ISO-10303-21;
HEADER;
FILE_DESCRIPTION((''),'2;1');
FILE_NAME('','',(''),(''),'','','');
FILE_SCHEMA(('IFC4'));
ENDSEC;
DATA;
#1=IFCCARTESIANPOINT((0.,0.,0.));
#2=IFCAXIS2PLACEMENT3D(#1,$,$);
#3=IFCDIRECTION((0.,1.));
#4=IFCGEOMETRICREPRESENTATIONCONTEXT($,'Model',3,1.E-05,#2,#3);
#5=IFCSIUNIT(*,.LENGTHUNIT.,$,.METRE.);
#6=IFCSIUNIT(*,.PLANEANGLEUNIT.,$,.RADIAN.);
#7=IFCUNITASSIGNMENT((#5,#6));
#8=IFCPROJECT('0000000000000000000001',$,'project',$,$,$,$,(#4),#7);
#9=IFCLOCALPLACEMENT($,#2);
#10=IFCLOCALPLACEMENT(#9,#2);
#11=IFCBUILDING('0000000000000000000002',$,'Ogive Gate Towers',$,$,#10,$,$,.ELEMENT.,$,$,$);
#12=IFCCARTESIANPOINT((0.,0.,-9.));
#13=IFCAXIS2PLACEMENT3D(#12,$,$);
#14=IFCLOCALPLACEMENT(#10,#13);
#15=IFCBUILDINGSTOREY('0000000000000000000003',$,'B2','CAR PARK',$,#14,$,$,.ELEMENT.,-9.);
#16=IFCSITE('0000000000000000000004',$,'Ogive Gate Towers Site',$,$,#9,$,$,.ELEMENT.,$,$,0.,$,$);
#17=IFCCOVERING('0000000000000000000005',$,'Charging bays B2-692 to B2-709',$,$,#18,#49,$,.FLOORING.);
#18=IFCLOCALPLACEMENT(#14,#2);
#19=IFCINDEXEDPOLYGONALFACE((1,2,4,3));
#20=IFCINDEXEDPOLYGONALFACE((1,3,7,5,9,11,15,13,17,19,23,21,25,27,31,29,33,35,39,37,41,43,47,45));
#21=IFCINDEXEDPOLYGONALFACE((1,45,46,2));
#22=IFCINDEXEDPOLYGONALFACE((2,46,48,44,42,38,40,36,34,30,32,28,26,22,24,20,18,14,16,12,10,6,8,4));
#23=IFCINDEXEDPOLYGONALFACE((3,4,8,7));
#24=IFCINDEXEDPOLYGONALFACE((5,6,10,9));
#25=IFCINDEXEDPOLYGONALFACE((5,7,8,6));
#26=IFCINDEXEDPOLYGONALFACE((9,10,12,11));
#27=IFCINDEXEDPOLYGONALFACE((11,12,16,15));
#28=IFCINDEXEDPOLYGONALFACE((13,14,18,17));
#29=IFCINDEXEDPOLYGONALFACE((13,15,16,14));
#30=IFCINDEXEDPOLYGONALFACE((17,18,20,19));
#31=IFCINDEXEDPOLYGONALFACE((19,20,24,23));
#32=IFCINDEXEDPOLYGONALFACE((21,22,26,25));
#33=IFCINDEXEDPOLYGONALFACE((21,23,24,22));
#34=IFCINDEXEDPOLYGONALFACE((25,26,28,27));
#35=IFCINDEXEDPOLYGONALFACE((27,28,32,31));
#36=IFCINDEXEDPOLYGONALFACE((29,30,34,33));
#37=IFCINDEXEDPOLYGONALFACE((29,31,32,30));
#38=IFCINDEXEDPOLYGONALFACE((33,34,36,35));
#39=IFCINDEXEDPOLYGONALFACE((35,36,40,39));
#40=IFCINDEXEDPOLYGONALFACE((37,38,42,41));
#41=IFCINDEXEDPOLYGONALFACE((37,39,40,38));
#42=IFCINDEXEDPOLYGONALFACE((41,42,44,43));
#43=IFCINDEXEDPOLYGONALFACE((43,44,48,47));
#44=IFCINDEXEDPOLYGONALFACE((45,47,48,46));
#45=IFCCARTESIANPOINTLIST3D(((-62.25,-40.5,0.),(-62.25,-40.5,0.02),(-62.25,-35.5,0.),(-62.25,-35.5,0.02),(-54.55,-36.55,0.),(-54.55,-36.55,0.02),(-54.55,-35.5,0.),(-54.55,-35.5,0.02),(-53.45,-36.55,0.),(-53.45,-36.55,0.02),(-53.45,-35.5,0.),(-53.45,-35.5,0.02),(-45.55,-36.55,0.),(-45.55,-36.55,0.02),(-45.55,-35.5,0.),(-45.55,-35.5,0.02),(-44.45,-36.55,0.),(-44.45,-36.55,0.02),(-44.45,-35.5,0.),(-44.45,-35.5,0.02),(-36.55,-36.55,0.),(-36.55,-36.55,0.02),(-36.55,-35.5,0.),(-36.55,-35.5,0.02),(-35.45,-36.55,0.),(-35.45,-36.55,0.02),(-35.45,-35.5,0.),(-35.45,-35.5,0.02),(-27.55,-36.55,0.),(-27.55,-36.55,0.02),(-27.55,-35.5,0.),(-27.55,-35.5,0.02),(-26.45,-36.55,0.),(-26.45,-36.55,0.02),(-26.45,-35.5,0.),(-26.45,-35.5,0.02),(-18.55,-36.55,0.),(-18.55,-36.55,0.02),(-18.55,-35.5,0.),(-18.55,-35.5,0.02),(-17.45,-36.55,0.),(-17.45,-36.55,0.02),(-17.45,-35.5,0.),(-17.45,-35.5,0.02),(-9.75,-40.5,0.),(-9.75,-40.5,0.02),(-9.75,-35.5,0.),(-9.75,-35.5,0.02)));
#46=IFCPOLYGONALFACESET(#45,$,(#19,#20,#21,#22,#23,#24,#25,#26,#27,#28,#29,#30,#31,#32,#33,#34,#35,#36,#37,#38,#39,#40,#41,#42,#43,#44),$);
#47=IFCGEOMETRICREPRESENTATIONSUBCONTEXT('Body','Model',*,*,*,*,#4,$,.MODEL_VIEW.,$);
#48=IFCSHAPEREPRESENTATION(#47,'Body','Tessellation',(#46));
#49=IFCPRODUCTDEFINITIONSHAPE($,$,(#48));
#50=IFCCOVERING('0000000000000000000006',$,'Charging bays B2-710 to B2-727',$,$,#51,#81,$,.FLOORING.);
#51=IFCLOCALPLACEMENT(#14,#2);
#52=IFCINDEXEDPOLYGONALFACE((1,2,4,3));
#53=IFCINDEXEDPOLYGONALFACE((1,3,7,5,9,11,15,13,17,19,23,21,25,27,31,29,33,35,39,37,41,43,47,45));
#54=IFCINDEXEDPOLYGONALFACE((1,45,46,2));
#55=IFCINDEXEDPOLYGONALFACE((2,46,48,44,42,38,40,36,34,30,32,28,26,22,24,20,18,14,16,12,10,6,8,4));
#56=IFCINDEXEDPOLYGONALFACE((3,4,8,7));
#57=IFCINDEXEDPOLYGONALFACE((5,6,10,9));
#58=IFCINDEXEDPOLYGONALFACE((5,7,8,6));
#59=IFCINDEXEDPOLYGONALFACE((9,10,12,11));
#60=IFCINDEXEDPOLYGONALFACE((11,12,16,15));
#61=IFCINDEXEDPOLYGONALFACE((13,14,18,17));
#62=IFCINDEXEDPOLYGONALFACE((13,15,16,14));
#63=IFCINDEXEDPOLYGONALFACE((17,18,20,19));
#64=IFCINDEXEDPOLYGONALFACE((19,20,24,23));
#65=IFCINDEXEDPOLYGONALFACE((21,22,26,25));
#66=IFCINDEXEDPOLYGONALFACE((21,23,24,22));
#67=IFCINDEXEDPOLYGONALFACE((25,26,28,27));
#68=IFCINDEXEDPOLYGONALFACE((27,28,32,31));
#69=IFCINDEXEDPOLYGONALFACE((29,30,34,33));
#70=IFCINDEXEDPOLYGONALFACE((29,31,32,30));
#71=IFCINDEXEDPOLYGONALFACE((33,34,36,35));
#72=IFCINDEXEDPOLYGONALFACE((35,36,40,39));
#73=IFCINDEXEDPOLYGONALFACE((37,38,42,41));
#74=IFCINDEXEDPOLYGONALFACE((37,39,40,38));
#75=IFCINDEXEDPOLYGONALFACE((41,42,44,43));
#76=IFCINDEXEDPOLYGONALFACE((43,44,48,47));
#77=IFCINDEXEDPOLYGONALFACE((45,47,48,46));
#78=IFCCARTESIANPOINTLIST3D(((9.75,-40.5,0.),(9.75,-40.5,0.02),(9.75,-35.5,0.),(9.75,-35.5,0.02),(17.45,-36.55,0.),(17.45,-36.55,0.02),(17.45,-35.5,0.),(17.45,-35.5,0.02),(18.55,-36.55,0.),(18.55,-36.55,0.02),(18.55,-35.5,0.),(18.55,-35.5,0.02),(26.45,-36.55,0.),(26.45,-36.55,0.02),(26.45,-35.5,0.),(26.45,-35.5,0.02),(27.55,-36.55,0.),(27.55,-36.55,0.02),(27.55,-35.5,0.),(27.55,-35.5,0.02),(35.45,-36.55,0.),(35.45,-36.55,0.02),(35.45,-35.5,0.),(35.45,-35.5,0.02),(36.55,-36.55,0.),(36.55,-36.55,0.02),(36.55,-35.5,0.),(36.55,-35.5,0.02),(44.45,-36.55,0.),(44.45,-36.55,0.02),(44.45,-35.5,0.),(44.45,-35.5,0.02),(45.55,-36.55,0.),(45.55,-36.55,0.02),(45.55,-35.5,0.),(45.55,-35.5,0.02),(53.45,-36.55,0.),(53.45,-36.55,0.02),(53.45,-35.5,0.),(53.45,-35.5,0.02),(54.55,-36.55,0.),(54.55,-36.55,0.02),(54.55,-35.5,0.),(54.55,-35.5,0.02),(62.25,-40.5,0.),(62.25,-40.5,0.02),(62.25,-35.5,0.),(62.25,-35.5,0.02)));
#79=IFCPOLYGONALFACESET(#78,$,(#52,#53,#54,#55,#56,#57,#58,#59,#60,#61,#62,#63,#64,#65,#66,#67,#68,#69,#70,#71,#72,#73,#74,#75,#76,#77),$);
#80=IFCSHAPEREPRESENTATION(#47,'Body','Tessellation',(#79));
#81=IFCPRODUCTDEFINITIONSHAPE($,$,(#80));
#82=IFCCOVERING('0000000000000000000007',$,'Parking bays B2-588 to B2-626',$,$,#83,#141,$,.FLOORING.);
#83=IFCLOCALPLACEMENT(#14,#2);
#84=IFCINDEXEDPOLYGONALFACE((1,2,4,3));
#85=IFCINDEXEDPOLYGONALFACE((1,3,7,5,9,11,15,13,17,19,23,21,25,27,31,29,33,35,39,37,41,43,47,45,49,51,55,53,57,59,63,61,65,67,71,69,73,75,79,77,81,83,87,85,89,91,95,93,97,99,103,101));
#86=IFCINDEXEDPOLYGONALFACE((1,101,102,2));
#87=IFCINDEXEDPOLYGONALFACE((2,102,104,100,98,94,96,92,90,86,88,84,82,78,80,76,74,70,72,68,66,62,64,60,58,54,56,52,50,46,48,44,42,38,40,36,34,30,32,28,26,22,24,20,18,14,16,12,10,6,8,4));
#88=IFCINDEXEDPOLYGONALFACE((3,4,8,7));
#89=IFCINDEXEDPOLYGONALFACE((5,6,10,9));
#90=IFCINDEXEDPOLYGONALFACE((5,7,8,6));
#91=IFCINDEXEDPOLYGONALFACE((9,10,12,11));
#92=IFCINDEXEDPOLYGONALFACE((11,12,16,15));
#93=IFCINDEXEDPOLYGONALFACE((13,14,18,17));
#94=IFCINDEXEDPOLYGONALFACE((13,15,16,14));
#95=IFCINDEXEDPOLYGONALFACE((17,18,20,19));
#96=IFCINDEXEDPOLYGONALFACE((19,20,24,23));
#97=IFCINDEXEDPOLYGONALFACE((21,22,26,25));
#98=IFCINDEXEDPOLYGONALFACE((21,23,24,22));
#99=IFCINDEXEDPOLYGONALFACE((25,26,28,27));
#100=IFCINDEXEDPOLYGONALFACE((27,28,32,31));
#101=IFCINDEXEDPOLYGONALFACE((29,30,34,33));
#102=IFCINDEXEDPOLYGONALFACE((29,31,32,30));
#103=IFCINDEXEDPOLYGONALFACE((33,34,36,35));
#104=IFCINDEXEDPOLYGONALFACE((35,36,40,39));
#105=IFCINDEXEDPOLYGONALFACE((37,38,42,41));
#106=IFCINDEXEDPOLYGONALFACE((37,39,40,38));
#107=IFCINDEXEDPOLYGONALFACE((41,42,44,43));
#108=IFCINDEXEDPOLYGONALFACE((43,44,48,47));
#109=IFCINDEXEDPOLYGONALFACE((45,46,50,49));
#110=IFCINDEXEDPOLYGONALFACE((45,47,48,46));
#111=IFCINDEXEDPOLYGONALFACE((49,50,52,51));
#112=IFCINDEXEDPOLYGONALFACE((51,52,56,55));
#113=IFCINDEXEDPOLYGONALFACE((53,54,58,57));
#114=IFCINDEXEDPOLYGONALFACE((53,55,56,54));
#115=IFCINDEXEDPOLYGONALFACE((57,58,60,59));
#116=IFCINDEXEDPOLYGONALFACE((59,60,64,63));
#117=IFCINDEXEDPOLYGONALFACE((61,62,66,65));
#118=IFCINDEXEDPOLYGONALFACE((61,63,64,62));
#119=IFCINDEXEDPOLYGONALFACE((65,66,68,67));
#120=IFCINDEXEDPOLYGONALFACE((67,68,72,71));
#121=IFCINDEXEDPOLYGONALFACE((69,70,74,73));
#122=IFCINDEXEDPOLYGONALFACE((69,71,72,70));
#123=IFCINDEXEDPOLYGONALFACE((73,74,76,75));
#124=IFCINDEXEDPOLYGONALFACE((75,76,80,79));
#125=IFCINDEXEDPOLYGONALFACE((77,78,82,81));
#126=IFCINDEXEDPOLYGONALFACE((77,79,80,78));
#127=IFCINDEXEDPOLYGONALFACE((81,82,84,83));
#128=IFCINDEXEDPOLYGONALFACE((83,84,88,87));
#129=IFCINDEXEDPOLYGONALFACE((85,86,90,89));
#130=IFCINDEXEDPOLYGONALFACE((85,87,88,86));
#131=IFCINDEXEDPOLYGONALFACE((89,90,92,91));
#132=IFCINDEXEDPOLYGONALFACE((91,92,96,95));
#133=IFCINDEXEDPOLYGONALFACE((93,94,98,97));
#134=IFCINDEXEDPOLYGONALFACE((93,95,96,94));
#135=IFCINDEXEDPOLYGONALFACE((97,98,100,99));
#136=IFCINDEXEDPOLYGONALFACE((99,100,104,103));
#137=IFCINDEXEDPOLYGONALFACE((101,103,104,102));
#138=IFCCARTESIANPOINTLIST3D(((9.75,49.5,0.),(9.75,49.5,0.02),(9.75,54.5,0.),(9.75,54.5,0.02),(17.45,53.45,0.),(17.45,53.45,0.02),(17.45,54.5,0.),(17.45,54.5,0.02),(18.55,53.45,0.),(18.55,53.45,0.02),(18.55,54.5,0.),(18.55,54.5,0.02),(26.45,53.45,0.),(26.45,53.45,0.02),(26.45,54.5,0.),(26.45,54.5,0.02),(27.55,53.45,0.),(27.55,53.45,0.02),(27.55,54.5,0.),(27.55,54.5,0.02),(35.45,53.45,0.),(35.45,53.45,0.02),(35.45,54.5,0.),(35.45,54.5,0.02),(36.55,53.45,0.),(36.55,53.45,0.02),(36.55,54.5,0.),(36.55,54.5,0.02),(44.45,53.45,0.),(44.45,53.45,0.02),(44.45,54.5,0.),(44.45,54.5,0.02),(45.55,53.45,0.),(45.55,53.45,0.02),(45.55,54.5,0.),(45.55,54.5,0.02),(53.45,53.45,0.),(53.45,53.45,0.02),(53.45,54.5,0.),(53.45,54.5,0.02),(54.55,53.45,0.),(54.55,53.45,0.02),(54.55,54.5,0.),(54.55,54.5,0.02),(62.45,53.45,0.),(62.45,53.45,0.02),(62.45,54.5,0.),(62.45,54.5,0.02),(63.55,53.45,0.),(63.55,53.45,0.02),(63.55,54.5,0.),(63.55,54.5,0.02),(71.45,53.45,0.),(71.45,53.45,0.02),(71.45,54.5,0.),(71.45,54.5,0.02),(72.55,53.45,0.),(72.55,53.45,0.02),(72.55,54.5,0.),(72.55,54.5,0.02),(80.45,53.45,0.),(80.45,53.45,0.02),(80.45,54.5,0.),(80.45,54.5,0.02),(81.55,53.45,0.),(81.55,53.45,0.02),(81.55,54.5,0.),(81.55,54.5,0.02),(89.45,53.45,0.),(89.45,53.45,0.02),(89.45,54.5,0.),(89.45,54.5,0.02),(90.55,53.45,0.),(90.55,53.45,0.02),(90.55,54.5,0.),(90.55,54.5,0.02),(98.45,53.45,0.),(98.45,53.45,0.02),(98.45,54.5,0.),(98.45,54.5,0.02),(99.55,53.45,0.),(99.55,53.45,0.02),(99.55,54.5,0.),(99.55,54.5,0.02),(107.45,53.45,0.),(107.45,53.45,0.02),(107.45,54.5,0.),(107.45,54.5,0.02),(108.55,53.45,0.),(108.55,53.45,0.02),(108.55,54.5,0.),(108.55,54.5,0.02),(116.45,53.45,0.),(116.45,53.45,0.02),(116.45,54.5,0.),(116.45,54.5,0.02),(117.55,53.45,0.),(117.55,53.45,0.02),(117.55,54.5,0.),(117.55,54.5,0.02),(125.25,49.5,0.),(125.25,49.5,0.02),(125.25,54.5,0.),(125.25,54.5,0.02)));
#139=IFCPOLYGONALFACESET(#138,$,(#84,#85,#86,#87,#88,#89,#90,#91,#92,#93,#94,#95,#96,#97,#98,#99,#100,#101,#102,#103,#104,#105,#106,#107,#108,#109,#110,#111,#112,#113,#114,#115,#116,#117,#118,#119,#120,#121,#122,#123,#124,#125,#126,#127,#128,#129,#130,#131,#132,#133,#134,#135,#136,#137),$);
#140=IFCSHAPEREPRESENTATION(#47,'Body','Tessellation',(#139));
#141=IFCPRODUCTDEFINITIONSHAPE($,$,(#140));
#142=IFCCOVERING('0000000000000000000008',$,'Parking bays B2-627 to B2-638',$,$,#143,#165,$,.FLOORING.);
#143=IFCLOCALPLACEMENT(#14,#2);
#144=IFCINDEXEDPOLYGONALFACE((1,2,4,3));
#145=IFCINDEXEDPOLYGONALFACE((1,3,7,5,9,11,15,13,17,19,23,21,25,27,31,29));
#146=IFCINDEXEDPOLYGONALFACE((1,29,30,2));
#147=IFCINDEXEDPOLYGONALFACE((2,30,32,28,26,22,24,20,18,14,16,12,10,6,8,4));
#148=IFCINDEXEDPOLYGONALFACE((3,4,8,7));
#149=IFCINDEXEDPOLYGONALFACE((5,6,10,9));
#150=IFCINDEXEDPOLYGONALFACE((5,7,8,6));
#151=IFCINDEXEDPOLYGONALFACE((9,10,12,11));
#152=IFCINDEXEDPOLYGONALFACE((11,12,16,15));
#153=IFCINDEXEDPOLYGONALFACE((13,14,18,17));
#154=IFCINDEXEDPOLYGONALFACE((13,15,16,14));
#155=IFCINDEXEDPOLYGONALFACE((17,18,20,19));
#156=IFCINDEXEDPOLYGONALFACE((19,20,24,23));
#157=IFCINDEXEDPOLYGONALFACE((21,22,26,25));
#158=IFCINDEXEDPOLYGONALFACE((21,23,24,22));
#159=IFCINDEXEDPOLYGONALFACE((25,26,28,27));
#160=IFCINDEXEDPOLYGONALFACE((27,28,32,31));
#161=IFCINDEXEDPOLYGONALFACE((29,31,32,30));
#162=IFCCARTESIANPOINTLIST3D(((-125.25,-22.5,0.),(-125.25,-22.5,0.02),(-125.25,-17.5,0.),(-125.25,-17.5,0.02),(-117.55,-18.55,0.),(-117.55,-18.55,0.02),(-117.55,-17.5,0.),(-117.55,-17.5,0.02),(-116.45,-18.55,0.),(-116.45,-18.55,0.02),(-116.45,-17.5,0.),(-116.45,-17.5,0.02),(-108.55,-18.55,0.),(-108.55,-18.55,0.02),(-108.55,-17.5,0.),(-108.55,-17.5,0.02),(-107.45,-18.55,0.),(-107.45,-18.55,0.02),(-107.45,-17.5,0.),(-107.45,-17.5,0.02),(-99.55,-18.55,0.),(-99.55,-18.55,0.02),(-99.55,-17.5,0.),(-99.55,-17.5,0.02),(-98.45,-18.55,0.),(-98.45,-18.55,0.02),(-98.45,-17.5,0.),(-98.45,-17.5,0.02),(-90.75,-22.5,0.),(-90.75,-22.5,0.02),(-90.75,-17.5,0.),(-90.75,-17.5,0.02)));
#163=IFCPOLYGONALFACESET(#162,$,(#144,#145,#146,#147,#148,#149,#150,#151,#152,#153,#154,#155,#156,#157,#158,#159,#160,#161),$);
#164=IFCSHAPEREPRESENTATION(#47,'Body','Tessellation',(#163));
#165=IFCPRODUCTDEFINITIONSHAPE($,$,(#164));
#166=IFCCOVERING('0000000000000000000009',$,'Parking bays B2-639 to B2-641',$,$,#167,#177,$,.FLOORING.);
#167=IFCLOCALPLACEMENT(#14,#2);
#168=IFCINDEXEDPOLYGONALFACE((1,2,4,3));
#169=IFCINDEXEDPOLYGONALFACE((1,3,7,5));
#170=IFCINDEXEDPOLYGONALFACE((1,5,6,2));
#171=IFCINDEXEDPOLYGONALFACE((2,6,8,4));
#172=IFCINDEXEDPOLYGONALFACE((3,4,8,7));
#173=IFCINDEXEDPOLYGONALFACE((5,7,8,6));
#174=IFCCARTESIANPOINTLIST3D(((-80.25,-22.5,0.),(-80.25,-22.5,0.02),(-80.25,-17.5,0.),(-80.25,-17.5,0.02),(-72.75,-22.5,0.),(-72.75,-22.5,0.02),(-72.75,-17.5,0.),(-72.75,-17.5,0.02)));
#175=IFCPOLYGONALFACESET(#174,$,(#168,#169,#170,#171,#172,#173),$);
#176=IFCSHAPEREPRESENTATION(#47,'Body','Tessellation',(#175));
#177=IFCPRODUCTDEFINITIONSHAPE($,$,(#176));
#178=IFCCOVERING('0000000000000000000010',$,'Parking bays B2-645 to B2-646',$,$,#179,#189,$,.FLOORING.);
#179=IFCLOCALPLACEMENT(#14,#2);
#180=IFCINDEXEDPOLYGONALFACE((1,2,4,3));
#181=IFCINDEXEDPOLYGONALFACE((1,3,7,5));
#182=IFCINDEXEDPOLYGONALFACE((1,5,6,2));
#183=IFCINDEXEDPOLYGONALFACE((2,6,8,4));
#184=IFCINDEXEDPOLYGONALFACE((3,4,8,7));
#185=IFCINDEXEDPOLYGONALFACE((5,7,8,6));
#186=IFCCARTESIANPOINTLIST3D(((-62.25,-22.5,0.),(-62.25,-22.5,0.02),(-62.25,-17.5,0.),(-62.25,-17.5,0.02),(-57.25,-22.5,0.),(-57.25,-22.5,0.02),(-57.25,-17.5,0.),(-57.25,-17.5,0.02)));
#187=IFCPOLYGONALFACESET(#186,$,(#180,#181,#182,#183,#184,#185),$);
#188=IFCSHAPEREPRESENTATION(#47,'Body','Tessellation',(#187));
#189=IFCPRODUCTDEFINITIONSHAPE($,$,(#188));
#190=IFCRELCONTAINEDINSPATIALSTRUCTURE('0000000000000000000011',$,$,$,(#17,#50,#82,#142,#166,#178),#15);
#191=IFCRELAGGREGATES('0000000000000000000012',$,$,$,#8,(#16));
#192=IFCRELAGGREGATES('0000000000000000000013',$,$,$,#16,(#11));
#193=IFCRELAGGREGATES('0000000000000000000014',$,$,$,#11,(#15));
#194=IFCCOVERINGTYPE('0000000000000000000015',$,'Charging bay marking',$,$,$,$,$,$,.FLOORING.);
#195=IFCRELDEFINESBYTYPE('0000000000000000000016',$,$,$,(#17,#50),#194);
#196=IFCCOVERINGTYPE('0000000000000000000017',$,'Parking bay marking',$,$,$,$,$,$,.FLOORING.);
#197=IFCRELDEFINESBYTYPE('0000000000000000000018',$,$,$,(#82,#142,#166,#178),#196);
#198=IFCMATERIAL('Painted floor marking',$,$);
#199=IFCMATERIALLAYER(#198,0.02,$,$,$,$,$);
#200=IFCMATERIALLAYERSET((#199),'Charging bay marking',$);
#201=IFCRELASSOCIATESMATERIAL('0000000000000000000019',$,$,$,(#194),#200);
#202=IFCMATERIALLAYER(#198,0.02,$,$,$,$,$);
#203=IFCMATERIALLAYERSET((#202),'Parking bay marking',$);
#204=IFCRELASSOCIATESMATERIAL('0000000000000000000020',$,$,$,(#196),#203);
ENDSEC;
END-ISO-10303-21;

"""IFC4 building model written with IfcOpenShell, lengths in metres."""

from ifc_helpers import new_model, si_unit, direction, frame, origin, place, context, subcontext, project, spatial, polyline, outline, extrude, material, layer, layer_set, type_object, element, save


model = new_model("IFC4")

# Units and contexts
model_context = context("Model", 3, precision=1e-05, world=origin(), true_north=direction((0.0, 1.0)))
body_context = subcontext(model_context, "Body", "Model", "MODEL_VIEW")
ifc_project = project(units=[si_unit("LENGTHUNIT", "METRE"), si_unit("PLANEANGLEUNIT", "RADIAN")], contexts=[model_context])

# Site, building, storey
site_placement = place(None, origin())
site = spatial("IfcSite", under=ifc_project, at=site_placement, Name="Ogive Gate Towers Site", CompositionType="ELEMENT", RefElevation=0.0)
building_placement = place(site_placement, origin())
building = spatial("IfcBuilding", under=site, at=building_placement, Name="Ogive Gate Towers", CompositionType="ELEMENT")
storey_placement = place(building_placement, frame((0.0, 0.0, -9.0)))
storey = spatial("IfcBuildingStorey", under=building, at=storey_placement, Name="B2", Description="CAR PARK", CompositionType="ELEMENT", Elevation=-9.0)

# Coverings
ifc_material_1 = material(Name="Painted floor marking")
ifc_layer_1 = layer(ifc_material_1, 0.02)
ifc_layer_set_1 = layer_set([ifc_layer_1], Name="Charging bay marking")
covering_type_1 = type_object("IfcCoveringType", Name="Charging bay marking", PredefinedType="FLOORING", material=ifc_layer_set_1)
covering_1_placement = place(storey_placement, origin())
element("IfcCovering", 1, at=covering_1_placement, inside=storey, type_object=covering_type_1, Name="Charging bays B2-692 to B2-709", PredefinedType="FLOORING", context=body_context, shape_type="SweptSolid", body=[
    extrude(outline(polyline([(-62.25, -35.5), (-54.55, -35.5), (-54.55, -36.55), (-53.45, -36.55), (-53.45, -35.5), (-45.55, -35.5), (-45.55, -36.55), (-44.45, -36.55), (-44.45, -35.5), (-36.55, -35.5), (-36.55, -36.55), (-35.45, -36.55), (-35.45, -35.5), (-27.55, -35.5), (-27.55, -36.55), (-26.45, -36.55), (-26.45, -35.5), (-18.55, -35.5), (-18.55, -36.55), (-17.45, -36.55), (-17.45, -35.5), (-9.75, -35.5), (-9.75, -40.5), (-62.25, -40.5), (-62.25, -35.5)])), origin(), (0.0, 0.0, 1.0), 0.02),
])
covering_2_placement = place(storey_placement, origin())
element("IfcCovering", 2, at=covering_2_placement, inside=storey, type_object=covering_type_1, Name="Charging bays B2-710 to B2-727", PredefinedType="FLOORING", context=body_context, shape_type="SweptSolid", body=[
    extrude(outline(polyline([(9.75, -35.5), (17.45, -35.5), (17.45, -36.55), (18.55, -36.55), (18.55, -35.5), (26.45, -35.5), (26.45, -36.55), (27.55, -36.55), (27.55, -35.5), (35.45, -35.5), (35.45, -36.55), (36.55, -36.55), (36.55, -35.5), (44.45, -35.5), (44.45, -36.55), (45.55, -36.55), (45.55, -35.5), (53.45, -35.5), (53.45, -36.55), (54.55, -36.55), (54.55, -35.5), (62.25, -35.5), (62.25, -40.5), (9.75, -40.5), (9.75, -35.5)])), origin(), (0.0, 0.0, 1.0), 0.02),
])
ifc_layer_2 = layer(ifc_material_1, 0.02)
ifc_layer_set_2 = layer_set([ifc_layer_2], Name="Parking bay marking")
covering_type_2 = type_object("IfcCoveringType", Name="Parking bay marking", PredefinedType="FLOORING", material=ifc_layer_set_2)
covering_3_placement = place(storey_placement, origin())
element("IfcCovering", 3, at=covering_3_placement, inside=storey, type_object=covering_type_2, Name="Parking bays B2-588 to B2-626", PredefinedType="FLOORING", context=body_context, shape_type="SweptSolid", body=[
    extrude(outline(polyline([(9.75, 54.5), (17.45, 54.5), (17.45, 53.45), (18.55, 53.45), (18.55, 54.5), (26.45, 54.5), (26.45, 53.45), (27.55, 53.45), (27.55, 54.5), (35.45, 54.5), (35.45, 53.45), (36.55, 53.45), (36.55, 54.5), (44.45, 54.5), (44.45, 53.45), (45.55, 53.45), (45.55, 54.5), (53.45, 54.5), (53.45, 53.45), (54.55, 53.45), (54.55, 54.5), (62.45, 54.5), (62.45, 53.45), (63.55, 53.45), (63.55, 54.5), (71.45, 54.5), (71.45, 53.45), (72.55, 53.45), (72.55, 54.5), (80.45, 54.5), (80.45, 53.45), (81.55, 53.45), (81.55, 54.5), (89.45, 54.5), (89.45, 53.45), (90.55, 53.45), (90.55, 54.5), (98.45, 54.5), (98.45, 53.45), (99.55, 53.45), (99.55, 54.5), (107.45, 54.5), (107.45, 53.45), (108.55, 53.45), (108.55, 54.5), (116.45, 54.5), (116.45, 53.45), (117.55, 53.45), (117.55, 54.5), (125.25, 54.5), (125.25, 49.5), (9.75, 49.5), (9.75, 54.5)])), origin(), (0.0, 0.0, 1.0), 0.02),
])
covering_4_placement = place(storey_placement, origin())
element("IfcCovering", 4, at=covering_4_placement, inside=storey, type_object=covering_type_2, Name="Parking bays B2-627 to B2-638", PredefinedType="FLOORING", context=body_context, shape_type="SweptSolid", body=[
    extrude(outline(polyline([(-125.25, -17.5), (-117.55, -17.5), (-117.55, -18.55), (-116.45, -18.55), (-116.45, -17.5), (-108.55, -17.5), (-108.55, -18.55), (-107.45, -18.55), (-107.45, -17.5), (-99.55, -17.5), (-99.55, -18.55), (-98.45, -18.55), (-98.45, -17.5), (-90.75, -17.5), (-90.75, -22.5), (-125.25, -22.5), (-125.25, -17.5)])), origin(), (0.0, 0.0, 1.0), 0.02),
])
covering_5_placement = place(storey_placement, origin())
element("IfcCovering", 5, at=covering_5_placement, inside=storey, type_object=covering_type_2, Name="Parking bays B2-639 to B2-641", PredefinedType="FLOORING", context=body_context, shape_type="SweptSolid", body=[
    extrude(outline(polyline([(-80.25, -17.5), (-72.75, -17.5), (-72.75, -22.5), (-80.25, -22.5), (-80.25, -17.5)])), origin(), (0.0, 0.0, 1.0), 0.02),
])
covering_6_placement = place(storey_placement, origin())
element("IfcCovering", 6, at=covering_6_placement, inside=storey, type_object=covering_type_2, Name="Parking bays B2-645 to B2-646", PredefinedType="FLOORING", context=body_context, shape_type="SweptSolid", body=[
    extrude(outline(polyline([(-62.25, -17.5), (-57.25, -17.5), (-57.25, -22.5), (-62.25, -22.5), (-62.25, -17.5)])), origin(), (0.0, 0.0, 1.0), 0.02),
])

save(model, "model.ifc")
